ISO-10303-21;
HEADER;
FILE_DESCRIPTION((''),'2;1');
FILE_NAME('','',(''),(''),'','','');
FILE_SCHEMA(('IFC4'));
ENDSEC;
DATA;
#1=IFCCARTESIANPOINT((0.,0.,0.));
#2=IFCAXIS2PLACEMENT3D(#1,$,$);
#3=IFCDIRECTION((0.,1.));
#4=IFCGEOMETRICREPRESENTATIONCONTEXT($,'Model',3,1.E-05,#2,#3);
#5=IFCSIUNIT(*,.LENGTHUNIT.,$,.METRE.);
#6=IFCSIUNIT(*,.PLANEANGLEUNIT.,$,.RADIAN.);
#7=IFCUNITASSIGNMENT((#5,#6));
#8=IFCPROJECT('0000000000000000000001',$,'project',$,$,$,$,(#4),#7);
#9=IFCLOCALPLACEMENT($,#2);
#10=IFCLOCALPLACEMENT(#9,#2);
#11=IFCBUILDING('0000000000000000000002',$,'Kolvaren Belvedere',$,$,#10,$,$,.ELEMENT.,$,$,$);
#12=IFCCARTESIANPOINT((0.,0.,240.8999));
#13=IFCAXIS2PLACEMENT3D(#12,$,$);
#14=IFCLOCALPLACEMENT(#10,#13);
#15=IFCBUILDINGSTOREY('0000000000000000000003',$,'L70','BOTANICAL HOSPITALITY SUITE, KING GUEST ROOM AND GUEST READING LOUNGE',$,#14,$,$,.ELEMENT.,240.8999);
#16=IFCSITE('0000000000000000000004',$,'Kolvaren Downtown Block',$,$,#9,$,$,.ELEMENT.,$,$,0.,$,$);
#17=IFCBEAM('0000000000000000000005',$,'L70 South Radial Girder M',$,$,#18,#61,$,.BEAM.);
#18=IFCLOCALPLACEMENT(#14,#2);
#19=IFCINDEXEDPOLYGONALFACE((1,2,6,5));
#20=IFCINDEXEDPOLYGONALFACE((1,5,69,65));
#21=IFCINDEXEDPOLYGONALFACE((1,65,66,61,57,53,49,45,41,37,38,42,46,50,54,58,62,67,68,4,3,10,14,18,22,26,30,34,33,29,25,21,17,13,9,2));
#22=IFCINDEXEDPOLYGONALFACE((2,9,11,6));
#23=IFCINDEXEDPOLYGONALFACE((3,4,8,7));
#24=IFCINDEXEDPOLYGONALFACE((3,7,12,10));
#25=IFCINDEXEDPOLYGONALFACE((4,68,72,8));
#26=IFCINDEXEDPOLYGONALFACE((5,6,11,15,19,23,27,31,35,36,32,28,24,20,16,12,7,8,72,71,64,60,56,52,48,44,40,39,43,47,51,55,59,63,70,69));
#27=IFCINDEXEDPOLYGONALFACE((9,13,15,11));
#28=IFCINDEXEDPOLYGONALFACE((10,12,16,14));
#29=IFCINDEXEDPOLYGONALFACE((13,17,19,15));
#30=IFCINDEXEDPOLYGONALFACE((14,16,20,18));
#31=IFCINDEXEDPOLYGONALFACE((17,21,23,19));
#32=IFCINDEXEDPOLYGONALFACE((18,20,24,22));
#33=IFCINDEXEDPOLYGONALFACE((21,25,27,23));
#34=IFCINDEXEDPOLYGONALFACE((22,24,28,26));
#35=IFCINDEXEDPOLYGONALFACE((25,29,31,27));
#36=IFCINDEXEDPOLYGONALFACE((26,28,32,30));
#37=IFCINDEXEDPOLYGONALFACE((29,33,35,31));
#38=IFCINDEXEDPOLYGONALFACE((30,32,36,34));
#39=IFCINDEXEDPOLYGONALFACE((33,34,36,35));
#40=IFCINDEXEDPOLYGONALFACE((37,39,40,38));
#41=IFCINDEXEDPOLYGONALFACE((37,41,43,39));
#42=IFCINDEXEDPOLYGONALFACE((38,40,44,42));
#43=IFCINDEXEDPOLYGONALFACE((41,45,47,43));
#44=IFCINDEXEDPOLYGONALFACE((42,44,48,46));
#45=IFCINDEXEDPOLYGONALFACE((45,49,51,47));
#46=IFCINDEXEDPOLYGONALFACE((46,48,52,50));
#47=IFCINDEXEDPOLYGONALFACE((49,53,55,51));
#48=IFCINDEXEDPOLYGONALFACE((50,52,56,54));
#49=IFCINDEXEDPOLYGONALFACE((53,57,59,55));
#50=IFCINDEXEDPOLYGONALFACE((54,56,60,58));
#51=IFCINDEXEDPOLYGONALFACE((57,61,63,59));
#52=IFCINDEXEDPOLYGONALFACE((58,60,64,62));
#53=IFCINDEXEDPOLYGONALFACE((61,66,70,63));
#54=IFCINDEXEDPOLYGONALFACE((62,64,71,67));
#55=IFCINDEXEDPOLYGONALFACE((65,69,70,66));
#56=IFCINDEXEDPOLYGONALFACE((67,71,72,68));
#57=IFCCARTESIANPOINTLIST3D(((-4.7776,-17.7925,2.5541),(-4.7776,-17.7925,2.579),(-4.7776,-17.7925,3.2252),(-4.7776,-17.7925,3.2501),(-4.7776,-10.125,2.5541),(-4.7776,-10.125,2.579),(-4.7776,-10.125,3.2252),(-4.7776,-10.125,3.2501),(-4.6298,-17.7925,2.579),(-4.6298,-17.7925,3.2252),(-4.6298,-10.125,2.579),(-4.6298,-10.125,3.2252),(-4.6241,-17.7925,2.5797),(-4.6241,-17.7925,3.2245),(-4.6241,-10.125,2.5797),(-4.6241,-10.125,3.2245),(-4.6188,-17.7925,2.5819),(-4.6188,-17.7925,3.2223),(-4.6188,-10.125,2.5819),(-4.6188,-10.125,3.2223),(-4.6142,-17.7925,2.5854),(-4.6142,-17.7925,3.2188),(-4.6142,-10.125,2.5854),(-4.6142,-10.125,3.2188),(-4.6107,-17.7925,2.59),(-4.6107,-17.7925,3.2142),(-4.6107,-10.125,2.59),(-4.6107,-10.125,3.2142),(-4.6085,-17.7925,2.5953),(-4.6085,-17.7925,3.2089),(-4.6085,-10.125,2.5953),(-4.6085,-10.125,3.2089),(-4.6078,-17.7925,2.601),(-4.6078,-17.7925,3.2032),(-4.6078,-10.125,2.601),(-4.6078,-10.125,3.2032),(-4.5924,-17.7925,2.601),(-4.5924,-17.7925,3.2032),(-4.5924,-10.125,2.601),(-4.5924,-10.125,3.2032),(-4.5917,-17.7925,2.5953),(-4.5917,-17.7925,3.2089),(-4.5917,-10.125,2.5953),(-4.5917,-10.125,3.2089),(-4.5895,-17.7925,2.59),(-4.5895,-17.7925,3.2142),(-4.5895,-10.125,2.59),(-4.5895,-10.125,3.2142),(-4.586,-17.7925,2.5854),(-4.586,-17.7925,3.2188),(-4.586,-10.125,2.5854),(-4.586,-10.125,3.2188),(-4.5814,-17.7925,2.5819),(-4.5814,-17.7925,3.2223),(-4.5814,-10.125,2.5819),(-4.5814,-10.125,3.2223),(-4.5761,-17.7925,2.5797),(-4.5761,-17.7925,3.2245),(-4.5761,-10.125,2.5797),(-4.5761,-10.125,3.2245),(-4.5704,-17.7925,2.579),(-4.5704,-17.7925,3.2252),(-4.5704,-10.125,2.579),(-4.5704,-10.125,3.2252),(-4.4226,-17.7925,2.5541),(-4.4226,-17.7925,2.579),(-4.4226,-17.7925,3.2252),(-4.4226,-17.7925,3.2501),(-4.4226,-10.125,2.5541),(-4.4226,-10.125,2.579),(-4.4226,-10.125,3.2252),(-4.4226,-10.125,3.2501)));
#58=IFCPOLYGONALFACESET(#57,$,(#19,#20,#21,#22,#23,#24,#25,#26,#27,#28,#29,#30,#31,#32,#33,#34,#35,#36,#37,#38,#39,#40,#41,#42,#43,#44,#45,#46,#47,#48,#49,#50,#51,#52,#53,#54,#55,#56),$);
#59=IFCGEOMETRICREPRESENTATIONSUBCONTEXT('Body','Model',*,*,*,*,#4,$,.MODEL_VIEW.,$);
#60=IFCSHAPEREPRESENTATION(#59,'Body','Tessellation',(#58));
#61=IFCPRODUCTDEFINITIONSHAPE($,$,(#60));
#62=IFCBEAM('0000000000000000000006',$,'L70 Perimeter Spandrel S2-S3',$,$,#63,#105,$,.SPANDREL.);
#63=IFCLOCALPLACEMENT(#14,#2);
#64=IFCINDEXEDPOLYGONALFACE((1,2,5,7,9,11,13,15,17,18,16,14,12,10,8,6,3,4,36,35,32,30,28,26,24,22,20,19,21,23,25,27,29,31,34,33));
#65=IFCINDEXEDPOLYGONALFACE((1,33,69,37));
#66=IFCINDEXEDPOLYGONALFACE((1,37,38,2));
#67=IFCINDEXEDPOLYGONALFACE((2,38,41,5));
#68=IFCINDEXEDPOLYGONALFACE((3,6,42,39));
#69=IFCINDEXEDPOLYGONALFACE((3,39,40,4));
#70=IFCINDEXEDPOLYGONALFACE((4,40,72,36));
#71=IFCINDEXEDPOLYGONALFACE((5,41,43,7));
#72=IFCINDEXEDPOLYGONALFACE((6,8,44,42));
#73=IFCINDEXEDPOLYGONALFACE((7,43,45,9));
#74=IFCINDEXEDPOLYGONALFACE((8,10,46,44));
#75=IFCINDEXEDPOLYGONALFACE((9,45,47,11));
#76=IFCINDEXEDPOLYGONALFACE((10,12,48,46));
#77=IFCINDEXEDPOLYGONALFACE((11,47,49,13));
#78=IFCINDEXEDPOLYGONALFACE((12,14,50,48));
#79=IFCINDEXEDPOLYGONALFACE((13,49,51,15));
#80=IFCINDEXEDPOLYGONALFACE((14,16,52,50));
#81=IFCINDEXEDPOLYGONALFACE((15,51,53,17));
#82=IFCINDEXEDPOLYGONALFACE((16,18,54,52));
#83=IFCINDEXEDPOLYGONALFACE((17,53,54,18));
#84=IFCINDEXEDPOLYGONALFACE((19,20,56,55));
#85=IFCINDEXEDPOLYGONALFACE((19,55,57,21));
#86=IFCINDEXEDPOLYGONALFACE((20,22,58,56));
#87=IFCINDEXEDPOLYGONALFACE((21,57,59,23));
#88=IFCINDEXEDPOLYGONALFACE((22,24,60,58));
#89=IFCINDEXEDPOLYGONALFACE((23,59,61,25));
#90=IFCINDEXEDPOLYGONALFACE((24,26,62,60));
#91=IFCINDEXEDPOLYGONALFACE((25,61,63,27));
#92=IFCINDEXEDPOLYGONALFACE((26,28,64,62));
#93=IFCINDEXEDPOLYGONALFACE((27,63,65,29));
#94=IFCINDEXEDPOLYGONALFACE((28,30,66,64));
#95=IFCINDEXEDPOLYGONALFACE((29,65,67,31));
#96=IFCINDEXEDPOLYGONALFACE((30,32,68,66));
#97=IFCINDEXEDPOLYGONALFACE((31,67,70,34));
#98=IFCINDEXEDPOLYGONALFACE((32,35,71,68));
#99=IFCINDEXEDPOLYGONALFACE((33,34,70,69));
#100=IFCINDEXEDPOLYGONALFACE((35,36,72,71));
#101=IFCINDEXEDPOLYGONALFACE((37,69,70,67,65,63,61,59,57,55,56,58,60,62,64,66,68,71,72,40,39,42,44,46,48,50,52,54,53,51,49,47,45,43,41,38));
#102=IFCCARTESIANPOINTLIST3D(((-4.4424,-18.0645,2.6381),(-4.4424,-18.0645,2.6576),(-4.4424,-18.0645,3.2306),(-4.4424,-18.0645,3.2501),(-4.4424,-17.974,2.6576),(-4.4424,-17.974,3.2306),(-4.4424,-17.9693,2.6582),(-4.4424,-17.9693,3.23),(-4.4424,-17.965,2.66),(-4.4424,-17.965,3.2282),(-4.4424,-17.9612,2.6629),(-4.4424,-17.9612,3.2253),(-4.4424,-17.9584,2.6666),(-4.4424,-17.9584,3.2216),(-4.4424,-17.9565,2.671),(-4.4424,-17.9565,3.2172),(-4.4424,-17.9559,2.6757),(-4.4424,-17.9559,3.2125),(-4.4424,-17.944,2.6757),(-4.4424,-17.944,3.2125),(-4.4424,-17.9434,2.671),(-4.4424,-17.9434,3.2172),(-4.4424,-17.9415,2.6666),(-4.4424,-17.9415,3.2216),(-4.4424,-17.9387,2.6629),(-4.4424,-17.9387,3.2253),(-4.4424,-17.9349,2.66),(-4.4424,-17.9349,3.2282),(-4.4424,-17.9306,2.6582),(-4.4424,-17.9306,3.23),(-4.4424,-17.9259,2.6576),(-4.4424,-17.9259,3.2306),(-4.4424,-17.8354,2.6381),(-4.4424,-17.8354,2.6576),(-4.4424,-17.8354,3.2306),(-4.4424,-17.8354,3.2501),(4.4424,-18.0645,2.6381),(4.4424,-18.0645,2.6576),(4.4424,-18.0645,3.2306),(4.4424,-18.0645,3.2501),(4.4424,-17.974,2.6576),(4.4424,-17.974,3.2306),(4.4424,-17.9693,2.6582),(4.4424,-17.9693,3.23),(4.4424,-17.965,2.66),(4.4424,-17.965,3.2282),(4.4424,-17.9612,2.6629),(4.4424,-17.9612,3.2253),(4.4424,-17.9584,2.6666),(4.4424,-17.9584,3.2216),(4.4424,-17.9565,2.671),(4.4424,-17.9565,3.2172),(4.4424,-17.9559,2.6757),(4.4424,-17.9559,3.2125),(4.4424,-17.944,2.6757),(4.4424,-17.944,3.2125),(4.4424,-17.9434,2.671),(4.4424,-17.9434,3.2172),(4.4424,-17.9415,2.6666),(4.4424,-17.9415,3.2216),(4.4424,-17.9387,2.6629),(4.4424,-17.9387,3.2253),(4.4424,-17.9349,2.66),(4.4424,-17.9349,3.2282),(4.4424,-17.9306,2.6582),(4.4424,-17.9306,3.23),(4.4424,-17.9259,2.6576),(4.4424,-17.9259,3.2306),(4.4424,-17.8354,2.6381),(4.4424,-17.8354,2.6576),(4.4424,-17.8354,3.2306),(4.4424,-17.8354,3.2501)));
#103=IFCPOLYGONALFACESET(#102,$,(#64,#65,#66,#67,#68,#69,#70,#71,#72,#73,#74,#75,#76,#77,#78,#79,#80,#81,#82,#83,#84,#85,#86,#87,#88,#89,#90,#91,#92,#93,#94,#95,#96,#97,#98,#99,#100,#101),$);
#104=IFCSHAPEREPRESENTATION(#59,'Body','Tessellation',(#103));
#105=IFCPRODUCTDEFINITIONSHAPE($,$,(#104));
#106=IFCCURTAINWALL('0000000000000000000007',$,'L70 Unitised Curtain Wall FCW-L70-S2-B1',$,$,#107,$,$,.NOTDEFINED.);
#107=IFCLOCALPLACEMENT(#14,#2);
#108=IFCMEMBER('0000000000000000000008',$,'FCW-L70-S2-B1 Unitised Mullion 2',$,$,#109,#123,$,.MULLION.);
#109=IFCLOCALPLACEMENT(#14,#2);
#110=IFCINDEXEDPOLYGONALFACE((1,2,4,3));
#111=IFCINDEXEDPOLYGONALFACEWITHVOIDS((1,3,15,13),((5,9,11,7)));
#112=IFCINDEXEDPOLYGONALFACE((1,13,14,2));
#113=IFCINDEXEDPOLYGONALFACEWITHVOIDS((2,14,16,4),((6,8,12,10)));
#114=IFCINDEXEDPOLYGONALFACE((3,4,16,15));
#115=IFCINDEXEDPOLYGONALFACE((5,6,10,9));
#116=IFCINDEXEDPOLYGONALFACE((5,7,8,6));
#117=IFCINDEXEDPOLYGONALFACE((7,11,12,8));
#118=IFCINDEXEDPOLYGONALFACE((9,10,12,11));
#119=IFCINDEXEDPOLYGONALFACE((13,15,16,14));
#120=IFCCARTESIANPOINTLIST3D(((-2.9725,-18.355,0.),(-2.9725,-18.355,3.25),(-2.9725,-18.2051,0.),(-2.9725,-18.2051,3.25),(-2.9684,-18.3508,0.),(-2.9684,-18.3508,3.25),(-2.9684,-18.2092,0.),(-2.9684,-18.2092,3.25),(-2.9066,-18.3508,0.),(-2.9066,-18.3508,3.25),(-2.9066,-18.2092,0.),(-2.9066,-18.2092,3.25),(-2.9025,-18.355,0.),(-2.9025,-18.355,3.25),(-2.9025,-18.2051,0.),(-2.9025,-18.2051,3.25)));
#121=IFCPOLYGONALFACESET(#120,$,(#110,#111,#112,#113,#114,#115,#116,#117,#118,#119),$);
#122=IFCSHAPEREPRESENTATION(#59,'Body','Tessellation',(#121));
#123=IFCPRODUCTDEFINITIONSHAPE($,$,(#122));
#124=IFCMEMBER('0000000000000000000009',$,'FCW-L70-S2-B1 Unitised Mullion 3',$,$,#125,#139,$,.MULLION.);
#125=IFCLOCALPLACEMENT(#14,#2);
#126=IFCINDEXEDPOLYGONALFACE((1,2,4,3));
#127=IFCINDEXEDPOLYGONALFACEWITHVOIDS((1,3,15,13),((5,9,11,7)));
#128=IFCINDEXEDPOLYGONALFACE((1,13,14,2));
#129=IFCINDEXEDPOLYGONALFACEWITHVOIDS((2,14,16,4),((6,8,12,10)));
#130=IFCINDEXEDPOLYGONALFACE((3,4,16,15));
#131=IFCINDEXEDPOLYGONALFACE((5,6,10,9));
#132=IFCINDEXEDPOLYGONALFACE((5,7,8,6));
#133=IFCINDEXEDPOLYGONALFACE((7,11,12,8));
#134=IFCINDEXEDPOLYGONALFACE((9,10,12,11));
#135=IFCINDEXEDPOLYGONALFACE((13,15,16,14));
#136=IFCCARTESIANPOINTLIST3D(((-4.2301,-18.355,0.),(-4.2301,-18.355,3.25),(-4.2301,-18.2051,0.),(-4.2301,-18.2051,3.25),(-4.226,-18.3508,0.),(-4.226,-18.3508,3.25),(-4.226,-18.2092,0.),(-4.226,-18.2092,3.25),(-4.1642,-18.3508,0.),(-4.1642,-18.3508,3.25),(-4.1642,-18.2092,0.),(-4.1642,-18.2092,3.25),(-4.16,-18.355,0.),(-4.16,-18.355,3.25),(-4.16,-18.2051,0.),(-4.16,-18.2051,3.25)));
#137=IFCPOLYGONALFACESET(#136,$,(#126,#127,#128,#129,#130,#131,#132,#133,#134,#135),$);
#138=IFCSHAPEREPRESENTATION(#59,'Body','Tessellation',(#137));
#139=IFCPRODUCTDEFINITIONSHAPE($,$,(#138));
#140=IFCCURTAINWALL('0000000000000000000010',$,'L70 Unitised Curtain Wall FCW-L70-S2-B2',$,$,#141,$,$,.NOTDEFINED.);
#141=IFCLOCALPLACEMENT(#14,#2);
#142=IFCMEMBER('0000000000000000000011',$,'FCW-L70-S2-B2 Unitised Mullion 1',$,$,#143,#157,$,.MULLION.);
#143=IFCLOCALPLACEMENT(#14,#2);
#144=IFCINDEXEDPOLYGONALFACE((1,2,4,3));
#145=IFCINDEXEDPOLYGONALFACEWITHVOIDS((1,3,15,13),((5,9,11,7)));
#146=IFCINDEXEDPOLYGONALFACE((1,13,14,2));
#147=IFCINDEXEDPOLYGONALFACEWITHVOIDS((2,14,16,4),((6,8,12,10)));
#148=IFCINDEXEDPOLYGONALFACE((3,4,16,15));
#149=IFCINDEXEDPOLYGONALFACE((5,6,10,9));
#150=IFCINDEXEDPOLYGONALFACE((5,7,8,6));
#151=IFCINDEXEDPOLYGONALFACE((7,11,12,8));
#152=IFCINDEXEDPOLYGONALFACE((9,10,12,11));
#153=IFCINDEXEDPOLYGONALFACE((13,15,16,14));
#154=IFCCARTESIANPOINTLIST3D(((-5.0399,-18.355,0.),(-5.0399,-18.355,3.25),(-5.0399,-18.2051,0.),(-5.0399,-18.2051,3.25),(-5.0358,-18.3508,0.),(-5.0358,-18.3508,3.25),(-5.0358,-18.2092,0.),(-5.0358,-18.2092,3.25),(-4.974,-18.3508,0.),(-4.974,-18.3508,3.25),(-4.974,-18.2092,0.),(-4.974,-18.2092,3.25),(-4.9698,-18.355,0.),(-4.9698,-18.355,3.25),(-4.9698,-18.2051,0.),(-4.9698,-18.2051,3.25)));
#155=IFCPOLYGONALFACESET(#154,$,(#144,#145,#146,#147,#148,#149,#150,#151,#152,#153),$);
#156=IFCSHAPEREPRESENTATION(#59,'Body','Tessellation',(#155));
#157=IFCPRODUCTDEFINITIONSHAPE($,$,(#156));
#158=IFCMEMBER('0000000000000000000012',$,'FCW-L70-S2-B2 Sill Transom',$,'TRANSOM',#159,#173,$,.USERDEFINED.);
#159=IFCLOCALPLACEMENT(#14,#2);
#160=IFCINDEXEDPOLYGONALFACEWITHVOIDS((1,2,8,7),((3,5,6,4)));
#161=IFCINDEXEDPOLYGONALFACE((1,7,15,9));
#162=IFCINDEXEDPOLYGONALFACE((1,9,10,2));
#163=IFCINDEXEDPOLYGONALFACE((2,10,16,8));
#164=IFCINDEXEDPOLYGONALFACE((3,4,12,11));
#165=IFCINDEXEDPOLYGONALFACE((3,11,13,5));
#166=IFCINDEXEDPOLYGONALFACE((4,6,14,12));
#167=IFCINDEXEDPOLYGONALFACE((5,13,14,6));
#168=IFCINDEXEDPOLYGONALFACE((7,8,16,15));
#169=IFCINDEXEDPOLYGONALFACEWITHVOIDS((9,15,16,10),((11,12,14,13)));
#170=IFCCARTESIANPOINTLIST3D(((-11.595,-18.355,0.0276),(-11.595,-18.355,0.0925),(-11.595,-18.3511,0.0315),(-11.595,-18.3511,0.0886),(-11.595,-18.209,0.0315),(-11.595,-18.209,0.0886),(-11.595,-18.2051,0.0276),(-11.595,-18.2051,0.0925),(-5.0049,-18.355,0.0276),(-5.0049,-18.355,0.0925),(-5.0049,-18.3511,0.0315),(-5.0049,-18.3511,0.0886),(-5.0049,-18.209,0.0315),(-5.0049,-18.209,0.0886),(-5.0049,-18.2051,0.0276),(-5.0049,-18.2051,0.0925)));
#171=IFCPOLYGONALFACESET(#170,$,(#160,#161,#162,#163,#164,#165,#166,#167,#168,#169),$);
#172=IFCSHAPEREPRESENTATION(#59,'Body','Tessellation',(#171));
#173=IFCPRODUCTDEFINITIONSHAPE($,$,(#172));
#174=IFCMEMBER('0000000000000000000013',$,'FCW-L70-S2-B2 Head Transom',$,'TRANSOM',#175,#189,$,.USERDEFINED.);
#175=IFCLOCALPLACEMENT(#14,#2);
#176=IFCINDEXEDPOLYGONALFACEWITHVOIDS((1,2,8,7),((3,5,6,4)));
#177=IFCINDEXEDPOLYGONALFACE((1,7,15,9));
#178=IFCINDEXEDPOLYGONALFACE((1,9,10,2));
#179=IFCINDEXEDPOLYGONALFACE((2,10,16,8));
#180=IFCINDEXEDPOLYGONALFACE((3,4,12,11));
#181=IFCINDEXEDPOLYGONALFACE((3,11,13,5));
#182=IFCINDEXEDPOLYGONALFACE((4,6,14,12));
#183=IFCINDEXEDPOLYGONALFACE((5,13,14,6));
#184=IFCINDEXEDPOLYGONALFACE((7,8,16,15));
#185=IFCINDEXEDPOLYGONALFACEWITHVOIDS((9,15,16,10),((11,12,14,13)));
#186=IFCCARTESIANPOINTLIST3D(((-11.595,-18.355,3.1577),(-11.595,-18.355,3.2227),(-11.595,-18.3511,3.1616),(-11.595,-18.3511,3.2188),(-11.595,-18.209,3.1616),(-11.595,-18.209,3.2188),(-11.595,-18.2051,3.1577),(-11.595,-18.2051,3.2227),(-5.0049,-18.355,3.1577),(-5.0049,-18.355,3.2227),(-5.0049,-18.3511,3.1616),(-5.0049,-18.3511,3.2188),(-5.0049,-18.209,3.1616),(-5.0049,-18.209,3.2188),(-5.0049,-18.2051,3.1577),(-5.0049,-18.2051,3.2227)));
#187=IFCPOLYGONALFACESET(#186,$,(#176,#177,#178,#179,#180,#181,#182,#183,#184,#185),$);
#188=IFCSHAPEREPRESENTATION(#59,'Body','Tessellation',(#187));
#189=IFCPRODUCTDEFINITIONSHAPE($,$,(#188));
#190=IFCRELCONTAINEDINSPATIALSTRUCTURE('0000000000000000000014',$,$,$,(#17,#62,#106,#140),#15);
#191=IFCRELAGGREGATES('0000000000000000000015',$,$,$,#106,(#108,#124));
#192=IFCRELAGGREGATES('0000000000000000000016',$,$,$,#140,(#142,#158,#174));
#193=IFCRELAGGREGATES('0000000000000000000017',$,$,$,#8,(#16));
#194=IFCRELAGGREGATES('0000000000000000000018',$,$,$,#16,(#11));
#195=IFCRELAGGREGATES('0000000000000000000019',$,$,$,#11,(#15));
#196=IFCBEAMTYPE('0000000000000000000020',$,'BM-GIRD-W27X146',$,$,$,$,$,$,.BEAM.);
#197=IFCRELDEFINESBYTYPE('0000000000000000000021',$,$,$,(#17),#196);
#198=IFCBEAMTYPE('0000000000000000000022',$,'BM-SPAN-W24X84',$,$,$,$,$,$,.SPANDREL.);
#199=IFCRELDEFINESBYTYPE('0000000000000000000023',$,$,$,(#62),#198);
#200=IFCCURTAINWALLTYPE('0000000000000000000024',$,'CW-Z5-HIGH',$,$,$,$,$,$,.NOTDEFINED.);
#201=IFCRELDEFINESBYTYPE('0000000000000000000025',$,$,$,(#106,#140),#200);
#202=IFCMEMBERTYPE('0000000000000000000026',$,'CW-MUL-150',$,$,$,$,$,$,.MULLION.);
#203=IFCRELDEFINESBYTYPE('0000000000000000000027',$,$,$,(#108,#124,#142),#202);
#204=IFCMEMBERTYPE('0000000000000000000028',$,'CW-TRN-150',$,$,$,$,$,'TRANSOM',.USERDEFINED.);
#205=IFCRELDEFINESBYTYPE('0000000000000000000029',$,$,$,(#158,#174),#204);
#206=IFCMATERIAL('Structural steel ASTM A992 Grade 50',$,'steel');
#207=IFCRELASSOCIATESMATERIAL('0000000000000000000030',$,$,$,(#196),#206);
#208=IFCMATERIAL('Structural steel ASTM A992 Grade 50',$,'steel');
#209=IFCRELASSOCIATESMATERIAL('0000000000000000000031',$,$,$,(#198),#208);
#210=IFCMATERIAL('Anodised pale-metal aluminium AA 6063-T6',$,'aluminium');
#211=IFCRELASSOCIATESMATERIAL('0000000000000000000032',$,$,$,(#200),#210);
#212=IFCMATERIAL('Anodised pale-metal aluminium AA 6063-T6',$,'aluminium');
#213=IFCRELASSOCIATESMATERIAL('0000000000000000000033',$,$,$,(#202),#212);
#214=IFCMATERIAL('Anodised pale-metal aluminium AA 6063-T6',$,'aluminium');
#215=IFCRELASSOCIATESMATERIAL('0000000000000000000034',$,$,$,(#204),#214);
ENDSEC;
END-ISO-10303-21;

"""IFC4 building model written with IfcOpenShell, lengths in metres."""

from ifc_helpers import new_model, si_unit, direction, frame, origin, origin_2d, place, context, subcontext, project, spatial, hollow_rectangle, i_section, extrude, material, material_profile, profile_set, type_object, element, aggregate, save


model = new_model("IFC4")

# Units and contexts
model_context = context("Model", 3, precision=1e-05, world=origin(), true_north=direction((0.0, 1.0)))
body_context = subcontext(model_context, "Body", "Model", "MODEL_VIEW")
ifc_project = project(units=[si_unit("LENGTHUNIT", "METRE"), si_unit("PLANEANGLEUNIT", "RADIAN")], contexts=[model_context])

# Site, building, storey
site_placement = place(None, origin())
site = spatial("IfcSite", under=ifc_project, at=site_placement, Name="Kolvaren Downtown Block", CompositionType="ELEMENT", RefElevation=0.0)
building_placement = place(site_placement, origin())
building = spatial("IfcBuilding", under=site, at=building_placement, Name="Kolvaren Belvedere", CompositionType="ELEMENT")
storey_placement = place(building_placement, frame((0.0, 0.0, 240.8999)))
storey = spatial("IfcBuildingStorey", under=building, at=storey_placement, Name="L70", Description="BOTANICAL HOSPITALITY SUITE, KING GUEST ROOM AND GUEST READING LOUNGE", CompositionType="ELEMENT", Elevation=240.8999)

# Beams
ifc_material_1 = material(Name="Structural steel ASTM A992 Grade 50", Category="steel")
ifc_material_profile_1 = material_profile(ifc_material_1, i_section(OverallWidth=0.355, OverallDepth=0.696, WebThickness=0.0154, FlangeThickness=0.0249, FilletRadius=0.022, at=origin_2d()), Name="W27X146")
ifc_profile_set_1 = profile_set([ifc_material_profile_1], Name="Structural steel ASTM A992 Grade 50")
beam_type_1 = type_object("IfcBeamType", Name="BM-GIRD-W27X146", PredefinedType="BEAM", material=ifc_profile_set_1)
beam_1_placement = place(storey_placement, frame((-4.6001, -10.125, 2.9021), z_axis=(0.0, -1.0, 0.0), x_axis=(1.0, 0.0, 0.0)))
element("IfcBeam", 1, at=beam_1_placement, inside=storey, type_object=beam_type_1, Name="L70 South Radial Girder M", PredefinedType="BEAM", context=body_context, shape_type="SweptSolid", body=[
    extrude(i_section(OverallWidth=0.355, OverallDepth=0.696, WebThickness=0.0154, FlangeThickness=0.0249, FilletRadius=0.022, at=origin_2d()), origin(), (0.0, 0.0, 1.0), 7.6675),
])
ifc_material_2 = material(Name="Structural steel ASTM A992 Grade 50", Category="steel")
ifc_material_profile_2 = material_profile(ifc_material_2, i_section(OverallWidth=0.229, OverallDepth=0.6121, WebThickness=0.012, FlangeThickness=0.0195, FilletRadius=0.0181, at=origin_2d()), Name="W24X84")
ifc_profile_set_2 = profile_set([ifc_material_profile_2], Name="Structural steel ASTM A992 Grade 50")
beam_type_2 = type_object("IfcBeamType", Name="BM-SPAN-W24X84", PredefinedType="SPANDREL", material=ifc_profile_set_2)
beam_2_placement = place(storey_placement, frame((-4.4424, -17.95, 2.9441), z_axis=(1.0, 0.0, 0.0), x_axis=(0.0, 1.0, 0.0)))
element("IfcBeam", 2, at=beam_2_placement, inside=storey, type_object=beam_type_2, Name="L70 Perimeter Spandrel S2-S3", PredefinedType="SPANDREL", context=body_context, shape_type="SweptSolid", body=[
    extrude(i_section(OverallWidth=0.229, OverallDepth=0.6121, WebThickness=0.012, FlangeThickness=0.0195, FilletRadius=0.0181, at=origin_2d()), origin(), (0.0, 0.0, 1.0), 8.8848),
])

# Curtain walls, members
ifc_material_3 = material(Name="Anodised pale-metal aluminium AA 6063-T6", Category="aluminium")
curtain_wall_type = type_object("IfcCurtainWallType", Name="CW-Z5-HIGH", PredefinedType="NOTDEFINED", material=ifc_material_3)
curtain_wall_1_placement = place(storey_placement, origin())
curtain_wall_1 = element("IfcCurtainWall", 3, at=curtain_wall_1_placement, inside=storey, type_object=curtain_wall_type, Name="L70 Unitised Curtain Wall FCW-L70-S2-B1", PredefinedType="NOTDEFINED")
ifc_material_4 = material(Name="Anodised pale-metal aluminium AA 6063-T6", Category="aluminium")
ifc_material_profile_3 = material_profile(ifc_material_4, hollow_rectangle(XDim=0.0701, YDim=0.1499, WallThickness=0.0042, at=origin_2d()), Name="ALU-MUL-150X70")
ifc_profile_set_3 = profile_set([ifc_material_profile_3], Name="Anodised pale-metal aluminium AA 6063-T6")
member_type_1 = type_object("IfcMemberType", Name="CW-MUL-150", PredefinedType="MULLION", material=ifc_profile_set_3)
member_1_placement = place(storey_placement, frame((-2.9375, -18.28, 0.0), z_axis=(0.0, 0.0, 1.0), x_axis=(1.0, 0.0, 0.0)))
member_1 = element("IfcMember", 4, at=member_1_placement, type_object=member_type_1, Name="FCW-L70-S2-B1 Unitised Mullion 2", PredefinedType="MULLION", context=body_context, shape_type="SweptSolid", body=[
    extrude(hollow_rectangle(XDim=0.0701, YDim=0.1499, WallThickness=0.0042, at=origin_2d()), origin(), (0.0, 0.0, 1.0), 3.25),
])
member_2_placement = place(storey_placement, frame((-4.1951, -18.28, 0.0), z_axis=(0.0, 0.0, 1.0), x_axis=(1.0, 0.0, 0.0)))
member_2 = element("IfcMember", 5, at=member_2_placement, type_object=member_type_1, Name="FCW-L70-S2-B1 Unitised Mullion 3", PredefinedType="MULLION", context=body_context, shape_type="SweptSolid", body=[
    extrude(hollow_rectangle(XDim=0.0701, YDim=0.1499, WallThickness=0.0042, at=origin_2d()), origin(), (0.0, 0.0, 1.0), 3.25),
])
curtain_wall_2_placement = place(storey_placement, origin())
curtain_wall_2 = element("IfcCurtainWall", 6, at=curtain_wall_2_placement, inside=storey, type_object=curtain_wall_type, Name="L70 Unitised Curtain Wall FCW-L70-S2-B2", PredefinedType="NOTDEFINED")
member_3_placement = place(storey_placement, frame((-5.0049, -18.28, 0.0), z_axis=(0.0, 0.0, 1.0), x_axis=(1.0, 0.0, 0.0)))
member_3 = element("IfcMember", 7, at=member_3_placement, type_object=member_type_1, Name="FCW-L70-S2-B2 Unitised Mullion 1", PredefinedType="MULLION", context=body_context, shape_type="SweptSolid", body=[
    extrude(hollow_rectangle(XDim=0.0701, YDim=0.1499, WallThickness=0.0042, at=origin_2d()), origin(), (0.0, 0.0, 1.0), 3.25),
])
ifc_material_5 = material(Name="Anodised pale-metal aluminium AA 6063-T6", Category="aluminium")
ifc_material_profile_4 = material_profile(ifc_material_5, hollow_rectangle(XDim=0.0649, YDim=0.1499, WallThickness=0.0039, at=origin_2d()), Name="ALU-TRN-150X65")
ifc_profile_set_4 = profile_set([ifc_material_profile_4], Name="Anodised pale-metal aluminium AA 6063-T6")
member_type_2 = type_object("IfcMemberType", Name="CW-TRN-150", ElementType="TRANSOM", PredefinedType="USERDEFINED", material=ifc_profile_set_4)
member_4_placement = place(storey_placement, frame((-5.0049, -18.28, 0.0601), z_axis=(-1.0, 0.0, 0.0), x_axis=(0.0, 0.0, 1.0)))
member_4 = element("IfcMember", 8, at=member_4_placement, type_object=member_type_2, Name="FCW-L70-S2-B2 Sill Transom", ObjectType="TRANSOM", PredefinedType="USERDEFINED", context=body_context, shape_type="SweptSolid", body=[
    extrude(hollow_rectangle(XDim=0.0649, YDim=0.1499, WallThickness=0.0039, at=origin_2d()), origin(), (0.0, 0.0, 1.0), 6.5901),
])
member_5_placement = place(storey_placement, frame((-5.0049, -18.28, 3.1902), z_axis=(-1.0, 0.0, 0.0), x_axis=(0.0, 0.0, 1.0)))
member_5 = element("IfcMember", 9, at=member_5_placement, type_object=member_type_2, Name="FCW-L70-S2-B2 Head Transom", ObjectType="TRANSOM", PredefinedType="USERDEFINED", context=body_context, shape_type="SweptSolid", body=[
    extrude(hollow_rectangle(XDim=0.0649, YDim=0.1499, WallThickness=0.0039, at=origin_2d()), origin(), (0.0, 0.0, 1.0), 6.5901),
])

aggregate(curtain_wall_1, [member_1, member_2])
aggregate(curtain_wall_2, [member_3, member_4, member_5])

save(model, "model.ifc")
